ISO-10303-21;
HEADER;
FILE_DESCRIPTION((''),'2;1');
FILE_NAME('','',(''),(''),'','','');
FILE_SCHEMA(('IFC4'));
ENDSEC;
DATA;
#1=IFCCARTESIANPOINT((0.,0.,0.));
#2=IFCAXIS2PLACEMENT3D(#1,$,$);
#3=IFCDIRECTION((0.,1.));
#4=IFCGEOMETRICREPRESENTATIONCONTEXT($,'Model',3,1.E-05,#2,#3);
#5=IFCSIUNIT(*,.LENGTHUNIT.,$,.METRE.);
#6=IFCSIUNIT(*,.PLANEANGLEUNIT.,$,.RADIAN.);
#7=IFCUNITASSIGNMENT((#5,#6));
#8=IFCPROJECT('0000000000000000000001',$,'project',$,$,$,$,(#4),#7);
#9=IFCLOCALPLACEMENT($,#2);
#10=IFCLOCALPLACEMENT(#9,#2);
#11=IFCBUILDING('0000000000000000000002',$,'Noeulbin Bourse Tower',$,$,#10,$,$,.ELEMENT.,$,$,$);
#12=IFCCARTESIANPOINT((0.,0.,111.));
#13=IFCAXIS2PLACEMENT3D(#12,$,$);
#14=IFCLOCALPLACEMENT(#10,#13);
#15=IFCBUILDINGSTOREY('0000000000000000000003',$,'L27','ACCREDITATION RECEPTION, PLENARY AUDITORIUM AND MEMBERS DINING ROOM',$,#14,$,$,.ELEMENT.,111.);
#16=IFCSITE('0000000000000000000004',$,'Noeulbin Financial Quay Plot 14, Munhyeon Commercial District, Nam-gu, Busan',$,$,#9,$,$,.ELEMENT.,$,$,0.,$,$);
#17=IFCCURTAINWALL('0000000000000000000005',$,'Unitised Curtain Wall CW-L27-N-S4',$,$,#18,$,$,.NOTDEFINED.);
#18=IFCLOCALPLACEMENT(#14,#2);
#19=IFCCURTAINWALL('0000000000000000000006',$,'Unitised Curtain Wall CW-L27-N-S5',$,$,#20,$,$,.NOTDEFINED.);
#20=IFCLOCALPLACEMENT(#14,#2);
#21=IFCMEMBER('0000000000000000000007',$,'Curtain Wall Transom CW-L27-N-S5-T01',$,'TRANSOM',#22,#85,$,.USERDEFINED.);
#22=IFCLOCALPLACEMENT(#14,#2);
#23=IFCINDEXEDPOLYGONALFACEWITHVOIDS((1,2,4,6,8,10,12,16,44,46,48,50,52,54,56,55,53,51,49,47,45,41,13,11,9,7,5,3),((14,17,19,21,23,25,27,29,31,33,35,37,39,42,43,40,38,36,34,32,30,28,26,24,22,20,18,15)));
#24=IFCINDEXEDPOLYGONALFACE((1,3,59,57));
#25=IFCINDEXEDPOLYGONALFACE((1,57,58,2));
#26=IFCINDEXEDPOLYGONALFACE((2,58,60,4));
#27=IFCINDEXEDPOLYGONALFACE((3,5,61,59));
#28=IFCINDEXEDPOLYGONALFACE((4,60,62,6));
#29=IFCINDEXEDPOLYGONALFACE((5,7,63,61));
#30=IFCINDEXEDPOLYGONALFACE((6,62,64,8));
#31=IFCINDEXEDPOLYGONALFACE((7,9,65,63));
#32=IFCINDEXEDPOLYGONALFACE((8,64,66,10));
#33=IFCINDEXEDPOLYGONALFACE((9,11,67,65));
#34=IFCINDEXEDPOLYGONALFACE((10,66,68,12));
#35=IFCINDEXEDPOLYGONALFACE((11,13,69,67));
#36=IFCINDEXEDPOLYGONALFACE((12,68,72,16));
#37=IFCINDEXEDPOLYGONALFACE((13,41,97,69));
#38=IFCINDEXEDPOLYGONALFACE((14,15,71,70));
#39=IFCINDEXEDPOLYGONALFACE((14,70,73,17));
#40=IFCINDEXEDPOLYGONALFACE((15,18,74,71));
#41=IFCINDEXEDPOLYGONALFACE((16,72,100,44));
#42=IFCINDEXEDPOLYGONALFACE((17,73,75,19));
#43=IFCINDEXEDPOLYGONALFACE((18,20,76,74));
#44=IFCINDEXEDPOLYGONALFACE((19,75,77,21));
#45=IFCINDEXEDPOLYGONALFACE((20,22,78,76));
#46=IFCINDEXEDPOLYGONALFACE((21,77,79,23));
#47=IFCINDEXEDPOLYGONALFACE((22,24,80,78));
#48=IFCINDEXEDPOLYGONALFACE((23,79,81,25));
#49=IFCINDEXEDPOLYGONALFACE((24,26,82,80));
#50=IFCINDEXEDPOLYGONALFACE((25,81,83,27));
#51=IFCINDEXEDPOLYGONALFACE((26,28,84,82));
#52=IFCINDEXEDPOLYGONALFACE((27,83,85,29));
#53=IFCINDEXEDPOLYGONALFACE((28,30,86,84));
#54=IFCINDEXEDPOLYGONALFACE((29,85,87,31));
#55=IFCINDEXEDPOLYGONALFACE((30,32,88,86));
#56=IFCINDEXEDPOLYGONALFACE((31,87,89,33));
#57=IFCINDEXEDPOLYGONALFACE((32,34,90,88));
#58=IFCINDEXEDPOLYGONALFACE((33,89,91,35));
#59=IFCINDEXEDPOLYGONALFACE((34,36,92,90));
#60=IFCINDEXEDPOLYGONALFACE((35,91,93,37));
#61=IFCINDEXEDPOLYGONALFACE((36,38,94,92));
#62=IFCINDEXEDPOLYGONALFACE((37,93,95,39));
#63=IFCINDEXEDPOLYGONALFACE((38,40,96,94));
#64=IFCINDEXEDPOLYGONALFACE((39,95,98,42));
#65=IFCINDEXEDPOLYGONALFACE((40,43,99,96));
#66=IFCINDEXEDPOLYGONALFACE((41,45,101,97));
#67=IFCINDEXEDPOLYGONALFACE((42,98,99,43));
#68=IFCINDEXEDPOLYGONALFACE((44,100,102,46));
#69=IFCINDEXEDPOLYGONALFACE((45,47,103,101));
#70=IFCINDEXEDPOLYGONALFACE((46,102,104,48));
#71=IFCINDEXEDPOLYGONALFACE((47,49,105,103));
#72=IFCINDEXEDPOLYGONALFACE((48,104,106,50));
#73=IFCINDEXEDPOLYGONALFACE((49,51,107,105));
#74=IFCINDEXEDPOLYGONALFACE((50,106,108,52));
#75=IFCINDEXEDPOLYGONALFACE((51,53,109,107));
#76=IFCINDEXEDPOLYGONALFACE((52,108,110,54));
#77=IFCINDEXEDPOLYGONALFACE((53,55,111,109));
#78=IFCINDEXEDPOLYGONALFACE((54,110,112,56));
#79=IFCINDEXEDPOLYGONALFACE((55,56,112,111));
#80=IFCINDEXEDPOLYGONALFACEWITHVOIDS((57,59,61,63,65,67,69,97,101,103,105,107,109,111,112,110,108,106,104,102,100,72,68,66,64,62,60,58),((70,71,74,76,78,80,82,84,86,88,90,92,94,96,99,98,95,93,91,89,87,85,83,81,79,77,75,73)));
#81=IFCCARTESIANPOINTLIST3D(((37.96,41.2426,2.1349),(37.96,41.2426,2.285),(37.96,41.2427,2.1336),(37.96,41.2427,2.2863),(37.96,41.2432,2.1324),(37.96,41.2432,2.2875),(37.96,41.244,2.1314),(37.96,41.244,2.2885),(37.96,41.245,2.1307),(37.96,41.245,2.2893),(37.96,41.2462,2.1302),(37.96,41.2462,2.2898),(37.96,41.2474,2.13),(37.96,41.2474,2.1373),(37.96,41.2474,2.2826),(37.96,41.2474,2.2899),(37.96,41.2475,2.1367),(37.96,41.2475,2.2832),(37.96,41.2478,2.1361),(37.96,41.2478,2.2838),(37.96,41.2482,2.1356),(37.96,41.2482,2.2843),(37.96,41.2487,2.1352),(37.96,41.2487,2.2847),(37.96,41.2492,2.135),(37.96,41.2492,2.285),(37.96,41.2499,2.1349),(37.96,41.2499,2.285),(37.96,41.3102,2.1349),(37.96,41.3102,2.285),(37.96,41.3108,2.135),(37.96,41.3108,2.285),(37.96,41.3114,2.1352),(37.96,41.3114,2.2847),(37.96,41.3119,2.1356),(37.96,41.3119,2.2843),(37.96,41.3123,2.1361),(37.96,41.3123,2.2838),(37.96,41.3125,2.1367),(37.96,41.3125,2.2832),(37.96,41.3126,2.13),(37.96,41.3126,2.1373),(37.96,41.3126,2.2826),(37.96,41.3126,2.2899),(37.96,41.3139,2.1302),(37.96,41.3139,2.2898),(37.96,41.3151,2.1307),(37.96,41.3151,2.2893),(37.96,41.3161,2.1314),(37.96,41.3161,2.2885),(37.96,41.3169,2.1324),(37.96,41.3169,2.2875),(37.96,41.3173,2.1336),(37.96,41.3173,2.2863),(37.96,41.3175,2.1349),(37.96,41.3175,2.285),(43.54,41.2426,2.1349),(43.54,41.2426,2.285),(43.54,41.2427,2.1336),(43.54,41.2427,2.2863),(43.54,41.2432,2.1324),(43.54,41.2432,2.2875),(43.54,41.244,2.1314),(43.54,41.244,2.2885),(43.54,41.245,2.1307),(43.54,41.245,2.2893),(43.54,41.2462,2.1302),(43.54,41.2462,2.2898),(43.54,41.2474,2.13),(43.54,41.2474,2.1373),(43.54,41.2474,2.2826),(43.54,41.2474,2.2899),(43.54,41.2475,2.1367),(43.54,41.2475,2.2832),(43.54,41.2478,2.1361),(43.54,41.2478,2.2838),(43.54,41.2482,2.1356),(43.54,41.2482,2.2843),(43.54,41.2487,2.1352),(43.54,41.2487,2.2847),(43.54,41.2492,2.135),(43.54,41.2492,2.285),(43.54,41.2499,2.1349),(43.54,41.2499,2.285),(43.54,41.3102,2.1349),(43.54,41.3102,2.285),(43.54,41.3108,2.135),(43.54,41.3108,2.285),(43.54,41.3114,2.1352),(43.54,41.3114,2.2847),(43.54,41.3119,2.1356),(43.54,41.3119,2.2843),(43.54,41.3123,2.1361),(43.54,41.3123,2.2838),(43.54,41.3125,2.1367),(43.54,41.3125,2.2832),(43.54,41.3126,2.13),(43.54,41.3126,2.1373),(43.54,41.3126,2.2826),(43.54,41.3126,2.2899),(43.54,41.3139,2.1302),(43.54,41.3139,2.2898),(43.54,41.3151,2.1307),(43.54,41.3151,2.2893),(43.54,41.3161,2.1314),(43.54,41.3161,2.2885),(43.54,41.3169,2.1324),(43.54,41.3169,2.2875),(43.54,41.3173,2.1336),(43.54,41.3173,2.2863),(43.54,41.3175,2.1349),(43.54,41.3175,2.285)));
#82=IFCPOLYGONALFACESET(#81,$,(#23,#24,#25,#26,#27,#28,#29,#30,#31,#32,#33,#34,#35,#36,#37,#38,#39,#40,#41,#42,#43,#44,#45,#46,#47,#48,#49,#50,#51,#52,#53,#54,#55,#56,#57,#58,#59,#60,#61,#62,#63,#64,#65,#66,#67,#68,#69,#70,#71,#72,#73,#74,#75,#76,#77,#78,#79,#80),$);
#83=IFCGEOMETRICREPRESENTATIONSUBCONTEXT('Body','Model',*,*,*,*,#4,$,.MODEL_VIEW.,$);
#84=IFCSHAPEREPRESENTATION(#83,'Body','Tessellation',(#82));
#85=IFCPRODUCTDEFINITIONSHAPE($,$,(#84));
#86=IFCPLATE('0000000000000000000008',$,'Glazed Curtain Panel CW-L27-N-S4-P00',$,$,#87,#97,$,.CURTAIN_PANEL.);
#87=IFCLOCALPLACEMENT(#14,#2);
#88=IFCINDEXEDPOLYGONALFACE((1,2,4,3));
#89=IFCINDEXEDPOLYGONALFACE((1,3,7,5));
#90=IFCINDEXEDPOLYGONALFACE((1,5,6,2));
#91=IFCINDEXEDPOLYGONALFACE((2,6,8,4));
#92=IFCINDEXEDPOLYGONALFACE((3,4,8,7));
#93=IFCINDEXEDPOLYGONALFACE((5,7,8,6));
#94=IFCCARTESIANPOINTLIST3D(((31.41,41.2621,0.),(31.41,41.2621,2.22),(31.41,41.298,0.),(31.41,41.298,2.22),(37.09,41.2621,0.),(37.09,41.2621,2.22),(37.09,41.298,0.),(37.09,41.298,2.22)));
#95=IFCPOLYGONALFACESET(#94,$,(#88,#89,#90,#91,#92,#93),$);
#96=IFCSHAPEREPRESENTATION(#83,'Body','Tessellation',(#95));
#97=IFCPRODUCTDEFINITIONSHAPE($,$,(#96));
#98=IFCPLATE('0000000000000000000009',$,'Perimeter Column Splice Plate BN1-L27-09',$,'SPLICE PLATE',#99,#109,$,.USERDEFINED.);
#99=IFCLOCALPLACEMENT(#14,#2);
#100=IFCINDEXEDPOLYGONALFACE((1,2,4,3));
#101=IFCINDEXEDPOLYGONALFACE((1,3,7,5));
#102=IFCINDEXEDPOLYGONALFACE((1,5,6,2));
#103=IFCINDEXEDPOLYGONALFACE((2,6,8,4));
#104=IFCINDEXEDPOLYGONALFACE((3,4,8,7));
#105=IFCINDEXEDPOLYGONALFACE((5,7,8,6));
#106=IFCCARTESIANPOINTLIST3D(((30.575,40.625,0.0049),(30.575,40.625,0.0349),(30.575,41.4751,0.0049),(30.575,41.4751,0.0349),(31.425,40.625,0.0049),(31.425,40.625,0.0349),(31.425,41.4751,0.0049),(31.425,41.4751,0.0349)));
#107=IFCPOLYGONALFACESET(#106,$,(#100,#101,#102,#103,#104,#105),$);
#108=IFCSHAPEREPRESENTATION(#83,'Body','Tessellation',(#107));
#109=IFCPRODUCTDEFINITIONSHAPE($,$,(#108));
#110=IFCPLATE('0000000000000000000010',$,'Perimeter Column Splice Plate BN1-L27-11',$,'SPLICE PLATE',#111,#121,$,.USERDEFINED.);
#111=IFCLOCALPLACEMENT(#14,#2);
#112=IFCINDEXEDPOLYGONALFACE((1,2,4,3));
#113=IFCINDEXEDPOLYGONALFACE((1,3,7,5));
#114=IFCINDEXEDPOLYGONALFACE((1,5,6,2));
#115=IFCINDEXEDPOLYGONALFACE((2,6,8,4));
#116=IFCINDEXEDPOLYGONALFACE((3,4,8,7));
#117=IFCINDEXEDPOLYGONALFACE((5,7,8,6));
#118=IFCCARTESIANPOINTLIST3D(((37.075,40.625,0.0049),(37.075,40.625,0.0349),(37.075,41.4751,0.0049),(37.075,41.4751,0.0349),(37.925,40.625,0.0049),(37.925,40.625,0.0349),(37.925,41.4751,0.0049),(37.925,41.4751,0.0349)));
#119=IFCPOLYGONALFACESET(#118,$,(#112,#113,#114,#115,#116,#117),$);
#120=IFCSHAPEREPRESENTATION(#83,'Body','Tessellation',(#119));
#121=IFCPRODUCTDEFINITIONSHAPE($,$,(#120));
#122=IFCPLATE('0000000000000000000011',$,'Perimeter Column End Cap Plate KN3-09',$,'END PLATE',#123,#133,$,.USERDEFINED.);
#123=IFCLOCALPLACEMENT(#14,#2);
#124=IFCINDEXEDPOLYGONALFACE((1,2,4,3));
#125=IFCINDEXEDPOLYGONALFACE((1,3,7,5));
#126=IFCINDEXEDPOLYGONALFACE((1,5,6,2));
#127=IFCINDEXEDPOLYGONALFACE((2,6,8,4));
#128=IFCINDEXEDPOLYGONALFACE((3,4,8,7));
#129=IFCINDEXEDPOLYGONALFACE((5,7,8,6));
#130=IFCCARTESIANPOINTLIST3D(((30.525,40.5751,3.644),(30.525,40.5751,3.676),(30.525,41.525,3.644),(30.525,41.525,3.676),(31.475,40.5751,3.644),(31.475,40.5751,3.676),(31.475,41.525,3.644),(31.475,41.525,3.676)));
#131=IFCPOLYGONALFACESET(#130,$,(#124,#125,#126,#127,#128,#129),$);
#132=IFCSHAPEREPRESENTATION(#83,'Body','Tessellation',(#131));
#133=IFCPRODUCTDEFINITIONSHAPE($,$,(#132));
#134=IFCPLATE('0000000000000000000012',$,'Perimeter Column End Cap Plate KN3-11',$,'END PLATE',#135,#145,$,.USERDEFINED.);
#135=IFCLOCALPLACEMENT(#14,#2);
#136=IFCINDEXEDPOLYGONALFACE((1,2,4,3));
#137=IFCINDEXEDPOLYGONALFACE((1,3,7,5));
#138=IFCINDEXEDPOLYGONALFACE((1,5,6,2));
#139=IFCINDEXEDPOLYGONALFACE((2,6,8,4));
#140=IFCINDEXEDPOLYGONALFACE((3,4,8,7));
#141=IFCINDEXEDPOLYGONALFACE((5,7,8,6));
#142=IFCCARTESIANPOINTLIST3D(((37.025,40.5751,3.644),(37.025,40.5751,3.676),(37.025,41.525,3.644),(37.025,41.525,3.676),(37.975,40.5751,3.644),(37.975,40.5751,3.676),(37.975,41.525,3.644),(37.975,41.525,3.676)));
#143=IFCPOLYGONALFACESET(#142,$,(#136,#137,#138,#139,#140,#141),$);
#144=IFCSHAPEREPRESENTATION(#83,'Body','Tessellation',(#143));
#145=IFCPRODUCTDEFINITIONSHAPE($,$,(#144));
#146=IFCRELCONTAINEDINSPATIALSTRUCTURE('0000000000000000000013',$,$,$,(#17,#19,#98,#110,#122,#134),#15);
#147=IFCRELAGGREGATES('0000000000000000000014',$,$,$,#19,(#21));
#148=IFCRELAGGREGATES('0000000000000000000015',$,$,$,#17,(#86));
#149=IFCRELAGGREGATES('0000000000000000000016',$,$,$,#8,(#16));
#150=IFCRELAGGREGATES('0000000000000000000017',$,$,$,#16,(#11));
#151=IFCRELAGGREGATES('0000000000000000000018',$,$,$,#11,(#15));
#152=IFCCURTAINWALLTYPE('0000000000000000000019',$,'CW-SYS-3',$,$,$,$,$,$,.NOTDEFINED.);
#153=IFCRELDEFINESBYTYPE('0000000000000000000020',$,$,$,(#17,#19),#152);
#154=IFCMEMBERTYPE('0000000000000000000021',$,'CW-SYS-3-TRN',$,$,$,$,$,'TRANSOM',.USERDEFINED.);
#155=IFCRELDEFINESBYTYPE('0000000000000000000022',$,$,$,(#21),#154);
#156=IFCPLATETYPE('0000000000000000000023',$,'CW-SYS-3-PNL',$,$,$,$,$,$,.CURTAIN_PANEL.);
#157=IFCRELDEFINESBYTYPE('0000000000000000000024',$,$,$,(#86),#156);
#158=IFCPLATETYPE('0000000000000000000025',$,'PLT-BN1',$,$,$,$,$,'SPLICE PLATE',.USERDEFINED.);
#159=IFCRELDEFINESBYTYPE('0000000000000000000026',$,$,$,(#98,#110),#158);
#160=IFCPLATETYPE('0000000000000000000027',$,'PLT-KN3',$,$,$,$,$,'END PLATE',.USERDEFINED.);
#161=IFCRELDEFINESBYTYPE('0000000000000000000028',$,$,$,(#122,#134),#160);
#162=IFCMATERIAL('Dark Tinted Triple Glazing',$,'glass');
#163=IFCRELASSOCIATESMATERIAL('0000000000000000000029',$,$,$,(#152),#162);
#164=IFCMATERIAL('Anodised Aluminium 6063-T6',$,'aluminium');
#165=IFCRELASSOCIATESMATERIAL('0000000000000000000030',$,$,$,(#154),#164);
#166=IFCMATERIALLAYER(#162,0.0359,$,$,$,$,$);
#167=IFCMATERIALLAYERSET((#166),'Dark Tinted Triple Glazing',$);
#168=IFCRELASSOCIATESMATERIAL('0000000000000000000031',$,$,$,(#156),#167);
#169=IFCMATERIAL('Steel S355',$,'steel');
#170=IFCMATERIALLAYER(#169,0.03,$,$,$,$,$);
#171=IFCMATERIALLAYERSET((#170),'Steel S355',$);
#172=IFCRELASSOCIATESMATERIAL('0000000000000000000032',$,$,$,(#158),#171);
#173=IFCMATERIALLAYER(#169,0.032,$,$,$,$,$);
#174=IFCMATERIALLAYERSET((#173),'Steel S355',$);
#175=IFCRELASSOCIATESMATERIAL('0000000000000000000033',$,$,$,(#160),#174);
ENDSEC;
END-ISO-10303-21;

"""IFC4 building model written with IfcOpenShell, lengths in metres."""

from ifc_helpers import new_model, si_unit, direction, frame, origin, origin_2d, place, context, subcontext, project, spatial, rectangle, hollow_rectangle, extrude, material, layer, layer_set, material_profile, profile_set, type_object, element, aggregate, save


model = new_model("IFC4")

# Units and contexts
model_context = context("Model", 3, precision=1e-05, world=origin(), true_north=direction((0.0, 1.0)))
body_context = subcontext(model_context, "Body", "Model", "MODEL_VIEW")
ifc_project = project(units=[si_unit("LENGTHUNIT", "METRE"), si_unit("PLANEANGLEUNIT", "RADIAN")], contexts=[model_context])

# Site, building, storey
site_placement = place(None, origin())
site = spatial("IfcSite", under=ifc_project, at=site_placement, Name="Noeulbin Financial Quay Plot 14, Munhyeon Commercial District, Nam-gu, Busan", CompositionType="ELEMENT", RefElevation=0.0)
building_placement = place(site_placement, origin())
building = spatial("IfcBuilding", under=site, at=building_placement, Name="Noeulbin Bourse Tower", CompositionType="ELEMENT")
storey_placement = place(building_placement, frame((0.0, 0.0, 111.0)))
storey = spatial("IfcBuildingStorey", under=building, at=storey_placement, Name="L27", Description="ACCREDITATION RECEPTION, PLENARY AUDITORIUM AND MEMBERS DINING ROOM", CompositionType="ELEMENT", Elevation=111.0)

# Shared definitions
ifc_material_1 = material(Name="Steel S355", Category="steel")

# Shared definitions
ifc_material_2 = material(Name="Dark Tinted Triple Glazing", Category="glass")
curtain_wall_type = type_object("IfcCurtainWallType", Name="CW-SYS-3", PredefinedType="NOTDEFINED", material=ifc_material_2)
ifc_material_3 = material(Name="Anodised Aluminium 6063-T6", Category="aluminium")

# Curtain wall
curtain_wall_1_placement = place(storey_placement, origin())
curtain_wall_1 = element("IfcCurtainWall", 1, at=curtain_wall_1_placement, inside=storey, type_object=curtain_wall_type, Name="Unitised Curtain Wall CW-L27-N-S4", PredefinedType="NOTDEFINED")

# Curtain wall
curtain_wall_2_placement = place(storey_placement, origin())
curtain_wall_2 = element("IfcCurtainWall", 2, at=curtain_wall_2_placement, inside=storey, type_object=curtain_wall_type, Name="Unitised Curtain Wall CW-L27-N-S5", PredefinedType="NOTDEFINED")

# Member
ifc_material_profile_1 = material_profile(ifc_material_3, hollow_rectangle(XDim=0.075, YDim=0.1599, WallThickness=0.0049, InnerFilletRadius=0.0024, OuterFilletRadius=0.0049, at=origin_2d()), Name="ALU-TRAN-75x160x5", Category="LoadBearing")
ifc_profile_set_1 = profile_set([ifc_material_profile_1], Name="Anodised Aluminium 6063-T6")
member_type_1 = type_object("IfcMemberType", Name="CW-SYS-3-TRN", ElementType="TRANSOM", PredefinedType="USERDEFINED", material=ifc_profile_set_1)
member_1_placement = place(storey_placement, frame((37.96, 41.28, 2.21), z_axis=(1.0, 0.0, 0.0), x_axis=(0.0, 1.0, 0.0)))
member_1 = element("IfcMember", 3, at=member_1_placement, type_object=member_type_1, Name="Curtain Wall Transom CW-L27-N-S5-T01", ObjectType="TRANSOM", PredefinedType="USERDEFINED", context=body_context, shape_type="SweptSolid", body=[
    extrude(hollow_rectangle(XDim=0.075, YDim=0.1599, WallThickness=0.0049, InnerFilletRadius=0.0024, OuterFilletRadius=0.0049, at=origin_2d()), origin(), (0.0, 0.0, 1.0), 5.5801),
])
aggregate(curtain_wall_2, [member_1])

# Plate
ifc_layer_1 = layer(ifc_material_2, 0.0359)
ifc_layer_set_1 = layer_set([ifc_layer_1], Name="Dark Tinted Triple Glazing")
plate_type_1 = type_object("IfcPlateType", Name="CW-SYS-3-PNL", PredefinedType="CURTAIN_PANEL", material=ifc_layer_set_1)
plate_placement = place(storey_placement, frame((34.25, 41.28, 0.0), z_axis=(0.0, 0.0, 1.0), x_axis=(1.0, 0.0, 0.0)))
plate = element("IfcPlate", 4, at=plate_placement, type_object=plate_type_1, Name="Glazed Curtain Panel CW-L27-N-S4-P00", PredefinedType="CURTAIN_PANEL", context=body_context, shape_type="SweptSolid", body=[
    extrude(rectangle(XDim=5.6799, YDim=0.0359, at=origin_2d()), origin(), (0.0, 0.0, 1.0), 2.22),
])
aggregate(curtain_wall_1, [plate])

# Plates
ifc_layer_2 = layer(ifc_material_1, 0.03)
ifc_layer_set_2 = layer_set([ifc_layer_2], Name="Steel S355")
plate_type_2 = type_object("IfcPlateType", Name="PLT-BN1", ElementType="SPLICE PLATE", PredefinedType="USERDEFINED", material=ifc_layer_set_2)
for number, where, z_axis, x_axis, name in (
    (5, (31.0, 41.05, 0.0049), (0.0, 0.0, 1.0), (1.0, 0.0, 0.0), "Perimeter Column Splice Plate BN1-L27-09"),
    (6, (37.5, 41.05, 0.0049), (0.0, 0.0, 1.0), (1.0, 0.0, 0.0), "Perimeter Column Splice Plate BN1-L27-11"),
):
    element("IfcPlate", number, at=place(storey_placement, frame(where, z_axis=z_axis, x_axis=x_axis)), inside=storey, type_object=plate_type_2, Name=name, ObjectType="SPLICE PLATE", PredefinedType="USERDEFINED", context=body_context, shape_type="SweptSolid", body=[
        extrude(rectangle(XDim=0.8501, YDim=0.8501, at=origin_2d()), origin(), (0.0, 0.0, 1.0), 0.03),
    ])
ifc_layer_3 = layer(ifc_material_1, 0.032)
ifc_layer_set_3 = layer_set([ifc_layer_3], Name="Steel S355")
plate_type_3 = type_object("IfcPlateType", Name="PLT-KN3", ElementType="END PLATE", PredefinedType="USERDEFINED", material=ifc_layer_set_3)
for number, where, z_axis, x_axis, name in (
    (7, (31.0, 41.05, 3.644), (0.0, 0.0, 1.0), (1.0, 0.0, 0.0), "Perimeter Column End Cap Plate KN3-09"),
    (8, (37.5, 41.05, 3.644), (0.0, 0.0, 1.0), (1.0, 0.0, 0.0), "Perimeter Column End Cap Plate KN3-11"),
):
    element("IfcPlate", number, at=place(storey_placement, frame(where, z_axis=z_axis, x_axis=x_axis)), inside=storey, type_object=plate_type_3, Name=name, ObjectType="END PLATE", PredefinedType="USERDEFINED", context=body_context, shape_type="SweptSolid", body=[
        extrude(rectangle(XDim=0.95, YDim=0.95, at=origin_2d()), origin(), (0.0, 0.0, 1.0), 0.032),
    ])

save(model, "model.ifc")
